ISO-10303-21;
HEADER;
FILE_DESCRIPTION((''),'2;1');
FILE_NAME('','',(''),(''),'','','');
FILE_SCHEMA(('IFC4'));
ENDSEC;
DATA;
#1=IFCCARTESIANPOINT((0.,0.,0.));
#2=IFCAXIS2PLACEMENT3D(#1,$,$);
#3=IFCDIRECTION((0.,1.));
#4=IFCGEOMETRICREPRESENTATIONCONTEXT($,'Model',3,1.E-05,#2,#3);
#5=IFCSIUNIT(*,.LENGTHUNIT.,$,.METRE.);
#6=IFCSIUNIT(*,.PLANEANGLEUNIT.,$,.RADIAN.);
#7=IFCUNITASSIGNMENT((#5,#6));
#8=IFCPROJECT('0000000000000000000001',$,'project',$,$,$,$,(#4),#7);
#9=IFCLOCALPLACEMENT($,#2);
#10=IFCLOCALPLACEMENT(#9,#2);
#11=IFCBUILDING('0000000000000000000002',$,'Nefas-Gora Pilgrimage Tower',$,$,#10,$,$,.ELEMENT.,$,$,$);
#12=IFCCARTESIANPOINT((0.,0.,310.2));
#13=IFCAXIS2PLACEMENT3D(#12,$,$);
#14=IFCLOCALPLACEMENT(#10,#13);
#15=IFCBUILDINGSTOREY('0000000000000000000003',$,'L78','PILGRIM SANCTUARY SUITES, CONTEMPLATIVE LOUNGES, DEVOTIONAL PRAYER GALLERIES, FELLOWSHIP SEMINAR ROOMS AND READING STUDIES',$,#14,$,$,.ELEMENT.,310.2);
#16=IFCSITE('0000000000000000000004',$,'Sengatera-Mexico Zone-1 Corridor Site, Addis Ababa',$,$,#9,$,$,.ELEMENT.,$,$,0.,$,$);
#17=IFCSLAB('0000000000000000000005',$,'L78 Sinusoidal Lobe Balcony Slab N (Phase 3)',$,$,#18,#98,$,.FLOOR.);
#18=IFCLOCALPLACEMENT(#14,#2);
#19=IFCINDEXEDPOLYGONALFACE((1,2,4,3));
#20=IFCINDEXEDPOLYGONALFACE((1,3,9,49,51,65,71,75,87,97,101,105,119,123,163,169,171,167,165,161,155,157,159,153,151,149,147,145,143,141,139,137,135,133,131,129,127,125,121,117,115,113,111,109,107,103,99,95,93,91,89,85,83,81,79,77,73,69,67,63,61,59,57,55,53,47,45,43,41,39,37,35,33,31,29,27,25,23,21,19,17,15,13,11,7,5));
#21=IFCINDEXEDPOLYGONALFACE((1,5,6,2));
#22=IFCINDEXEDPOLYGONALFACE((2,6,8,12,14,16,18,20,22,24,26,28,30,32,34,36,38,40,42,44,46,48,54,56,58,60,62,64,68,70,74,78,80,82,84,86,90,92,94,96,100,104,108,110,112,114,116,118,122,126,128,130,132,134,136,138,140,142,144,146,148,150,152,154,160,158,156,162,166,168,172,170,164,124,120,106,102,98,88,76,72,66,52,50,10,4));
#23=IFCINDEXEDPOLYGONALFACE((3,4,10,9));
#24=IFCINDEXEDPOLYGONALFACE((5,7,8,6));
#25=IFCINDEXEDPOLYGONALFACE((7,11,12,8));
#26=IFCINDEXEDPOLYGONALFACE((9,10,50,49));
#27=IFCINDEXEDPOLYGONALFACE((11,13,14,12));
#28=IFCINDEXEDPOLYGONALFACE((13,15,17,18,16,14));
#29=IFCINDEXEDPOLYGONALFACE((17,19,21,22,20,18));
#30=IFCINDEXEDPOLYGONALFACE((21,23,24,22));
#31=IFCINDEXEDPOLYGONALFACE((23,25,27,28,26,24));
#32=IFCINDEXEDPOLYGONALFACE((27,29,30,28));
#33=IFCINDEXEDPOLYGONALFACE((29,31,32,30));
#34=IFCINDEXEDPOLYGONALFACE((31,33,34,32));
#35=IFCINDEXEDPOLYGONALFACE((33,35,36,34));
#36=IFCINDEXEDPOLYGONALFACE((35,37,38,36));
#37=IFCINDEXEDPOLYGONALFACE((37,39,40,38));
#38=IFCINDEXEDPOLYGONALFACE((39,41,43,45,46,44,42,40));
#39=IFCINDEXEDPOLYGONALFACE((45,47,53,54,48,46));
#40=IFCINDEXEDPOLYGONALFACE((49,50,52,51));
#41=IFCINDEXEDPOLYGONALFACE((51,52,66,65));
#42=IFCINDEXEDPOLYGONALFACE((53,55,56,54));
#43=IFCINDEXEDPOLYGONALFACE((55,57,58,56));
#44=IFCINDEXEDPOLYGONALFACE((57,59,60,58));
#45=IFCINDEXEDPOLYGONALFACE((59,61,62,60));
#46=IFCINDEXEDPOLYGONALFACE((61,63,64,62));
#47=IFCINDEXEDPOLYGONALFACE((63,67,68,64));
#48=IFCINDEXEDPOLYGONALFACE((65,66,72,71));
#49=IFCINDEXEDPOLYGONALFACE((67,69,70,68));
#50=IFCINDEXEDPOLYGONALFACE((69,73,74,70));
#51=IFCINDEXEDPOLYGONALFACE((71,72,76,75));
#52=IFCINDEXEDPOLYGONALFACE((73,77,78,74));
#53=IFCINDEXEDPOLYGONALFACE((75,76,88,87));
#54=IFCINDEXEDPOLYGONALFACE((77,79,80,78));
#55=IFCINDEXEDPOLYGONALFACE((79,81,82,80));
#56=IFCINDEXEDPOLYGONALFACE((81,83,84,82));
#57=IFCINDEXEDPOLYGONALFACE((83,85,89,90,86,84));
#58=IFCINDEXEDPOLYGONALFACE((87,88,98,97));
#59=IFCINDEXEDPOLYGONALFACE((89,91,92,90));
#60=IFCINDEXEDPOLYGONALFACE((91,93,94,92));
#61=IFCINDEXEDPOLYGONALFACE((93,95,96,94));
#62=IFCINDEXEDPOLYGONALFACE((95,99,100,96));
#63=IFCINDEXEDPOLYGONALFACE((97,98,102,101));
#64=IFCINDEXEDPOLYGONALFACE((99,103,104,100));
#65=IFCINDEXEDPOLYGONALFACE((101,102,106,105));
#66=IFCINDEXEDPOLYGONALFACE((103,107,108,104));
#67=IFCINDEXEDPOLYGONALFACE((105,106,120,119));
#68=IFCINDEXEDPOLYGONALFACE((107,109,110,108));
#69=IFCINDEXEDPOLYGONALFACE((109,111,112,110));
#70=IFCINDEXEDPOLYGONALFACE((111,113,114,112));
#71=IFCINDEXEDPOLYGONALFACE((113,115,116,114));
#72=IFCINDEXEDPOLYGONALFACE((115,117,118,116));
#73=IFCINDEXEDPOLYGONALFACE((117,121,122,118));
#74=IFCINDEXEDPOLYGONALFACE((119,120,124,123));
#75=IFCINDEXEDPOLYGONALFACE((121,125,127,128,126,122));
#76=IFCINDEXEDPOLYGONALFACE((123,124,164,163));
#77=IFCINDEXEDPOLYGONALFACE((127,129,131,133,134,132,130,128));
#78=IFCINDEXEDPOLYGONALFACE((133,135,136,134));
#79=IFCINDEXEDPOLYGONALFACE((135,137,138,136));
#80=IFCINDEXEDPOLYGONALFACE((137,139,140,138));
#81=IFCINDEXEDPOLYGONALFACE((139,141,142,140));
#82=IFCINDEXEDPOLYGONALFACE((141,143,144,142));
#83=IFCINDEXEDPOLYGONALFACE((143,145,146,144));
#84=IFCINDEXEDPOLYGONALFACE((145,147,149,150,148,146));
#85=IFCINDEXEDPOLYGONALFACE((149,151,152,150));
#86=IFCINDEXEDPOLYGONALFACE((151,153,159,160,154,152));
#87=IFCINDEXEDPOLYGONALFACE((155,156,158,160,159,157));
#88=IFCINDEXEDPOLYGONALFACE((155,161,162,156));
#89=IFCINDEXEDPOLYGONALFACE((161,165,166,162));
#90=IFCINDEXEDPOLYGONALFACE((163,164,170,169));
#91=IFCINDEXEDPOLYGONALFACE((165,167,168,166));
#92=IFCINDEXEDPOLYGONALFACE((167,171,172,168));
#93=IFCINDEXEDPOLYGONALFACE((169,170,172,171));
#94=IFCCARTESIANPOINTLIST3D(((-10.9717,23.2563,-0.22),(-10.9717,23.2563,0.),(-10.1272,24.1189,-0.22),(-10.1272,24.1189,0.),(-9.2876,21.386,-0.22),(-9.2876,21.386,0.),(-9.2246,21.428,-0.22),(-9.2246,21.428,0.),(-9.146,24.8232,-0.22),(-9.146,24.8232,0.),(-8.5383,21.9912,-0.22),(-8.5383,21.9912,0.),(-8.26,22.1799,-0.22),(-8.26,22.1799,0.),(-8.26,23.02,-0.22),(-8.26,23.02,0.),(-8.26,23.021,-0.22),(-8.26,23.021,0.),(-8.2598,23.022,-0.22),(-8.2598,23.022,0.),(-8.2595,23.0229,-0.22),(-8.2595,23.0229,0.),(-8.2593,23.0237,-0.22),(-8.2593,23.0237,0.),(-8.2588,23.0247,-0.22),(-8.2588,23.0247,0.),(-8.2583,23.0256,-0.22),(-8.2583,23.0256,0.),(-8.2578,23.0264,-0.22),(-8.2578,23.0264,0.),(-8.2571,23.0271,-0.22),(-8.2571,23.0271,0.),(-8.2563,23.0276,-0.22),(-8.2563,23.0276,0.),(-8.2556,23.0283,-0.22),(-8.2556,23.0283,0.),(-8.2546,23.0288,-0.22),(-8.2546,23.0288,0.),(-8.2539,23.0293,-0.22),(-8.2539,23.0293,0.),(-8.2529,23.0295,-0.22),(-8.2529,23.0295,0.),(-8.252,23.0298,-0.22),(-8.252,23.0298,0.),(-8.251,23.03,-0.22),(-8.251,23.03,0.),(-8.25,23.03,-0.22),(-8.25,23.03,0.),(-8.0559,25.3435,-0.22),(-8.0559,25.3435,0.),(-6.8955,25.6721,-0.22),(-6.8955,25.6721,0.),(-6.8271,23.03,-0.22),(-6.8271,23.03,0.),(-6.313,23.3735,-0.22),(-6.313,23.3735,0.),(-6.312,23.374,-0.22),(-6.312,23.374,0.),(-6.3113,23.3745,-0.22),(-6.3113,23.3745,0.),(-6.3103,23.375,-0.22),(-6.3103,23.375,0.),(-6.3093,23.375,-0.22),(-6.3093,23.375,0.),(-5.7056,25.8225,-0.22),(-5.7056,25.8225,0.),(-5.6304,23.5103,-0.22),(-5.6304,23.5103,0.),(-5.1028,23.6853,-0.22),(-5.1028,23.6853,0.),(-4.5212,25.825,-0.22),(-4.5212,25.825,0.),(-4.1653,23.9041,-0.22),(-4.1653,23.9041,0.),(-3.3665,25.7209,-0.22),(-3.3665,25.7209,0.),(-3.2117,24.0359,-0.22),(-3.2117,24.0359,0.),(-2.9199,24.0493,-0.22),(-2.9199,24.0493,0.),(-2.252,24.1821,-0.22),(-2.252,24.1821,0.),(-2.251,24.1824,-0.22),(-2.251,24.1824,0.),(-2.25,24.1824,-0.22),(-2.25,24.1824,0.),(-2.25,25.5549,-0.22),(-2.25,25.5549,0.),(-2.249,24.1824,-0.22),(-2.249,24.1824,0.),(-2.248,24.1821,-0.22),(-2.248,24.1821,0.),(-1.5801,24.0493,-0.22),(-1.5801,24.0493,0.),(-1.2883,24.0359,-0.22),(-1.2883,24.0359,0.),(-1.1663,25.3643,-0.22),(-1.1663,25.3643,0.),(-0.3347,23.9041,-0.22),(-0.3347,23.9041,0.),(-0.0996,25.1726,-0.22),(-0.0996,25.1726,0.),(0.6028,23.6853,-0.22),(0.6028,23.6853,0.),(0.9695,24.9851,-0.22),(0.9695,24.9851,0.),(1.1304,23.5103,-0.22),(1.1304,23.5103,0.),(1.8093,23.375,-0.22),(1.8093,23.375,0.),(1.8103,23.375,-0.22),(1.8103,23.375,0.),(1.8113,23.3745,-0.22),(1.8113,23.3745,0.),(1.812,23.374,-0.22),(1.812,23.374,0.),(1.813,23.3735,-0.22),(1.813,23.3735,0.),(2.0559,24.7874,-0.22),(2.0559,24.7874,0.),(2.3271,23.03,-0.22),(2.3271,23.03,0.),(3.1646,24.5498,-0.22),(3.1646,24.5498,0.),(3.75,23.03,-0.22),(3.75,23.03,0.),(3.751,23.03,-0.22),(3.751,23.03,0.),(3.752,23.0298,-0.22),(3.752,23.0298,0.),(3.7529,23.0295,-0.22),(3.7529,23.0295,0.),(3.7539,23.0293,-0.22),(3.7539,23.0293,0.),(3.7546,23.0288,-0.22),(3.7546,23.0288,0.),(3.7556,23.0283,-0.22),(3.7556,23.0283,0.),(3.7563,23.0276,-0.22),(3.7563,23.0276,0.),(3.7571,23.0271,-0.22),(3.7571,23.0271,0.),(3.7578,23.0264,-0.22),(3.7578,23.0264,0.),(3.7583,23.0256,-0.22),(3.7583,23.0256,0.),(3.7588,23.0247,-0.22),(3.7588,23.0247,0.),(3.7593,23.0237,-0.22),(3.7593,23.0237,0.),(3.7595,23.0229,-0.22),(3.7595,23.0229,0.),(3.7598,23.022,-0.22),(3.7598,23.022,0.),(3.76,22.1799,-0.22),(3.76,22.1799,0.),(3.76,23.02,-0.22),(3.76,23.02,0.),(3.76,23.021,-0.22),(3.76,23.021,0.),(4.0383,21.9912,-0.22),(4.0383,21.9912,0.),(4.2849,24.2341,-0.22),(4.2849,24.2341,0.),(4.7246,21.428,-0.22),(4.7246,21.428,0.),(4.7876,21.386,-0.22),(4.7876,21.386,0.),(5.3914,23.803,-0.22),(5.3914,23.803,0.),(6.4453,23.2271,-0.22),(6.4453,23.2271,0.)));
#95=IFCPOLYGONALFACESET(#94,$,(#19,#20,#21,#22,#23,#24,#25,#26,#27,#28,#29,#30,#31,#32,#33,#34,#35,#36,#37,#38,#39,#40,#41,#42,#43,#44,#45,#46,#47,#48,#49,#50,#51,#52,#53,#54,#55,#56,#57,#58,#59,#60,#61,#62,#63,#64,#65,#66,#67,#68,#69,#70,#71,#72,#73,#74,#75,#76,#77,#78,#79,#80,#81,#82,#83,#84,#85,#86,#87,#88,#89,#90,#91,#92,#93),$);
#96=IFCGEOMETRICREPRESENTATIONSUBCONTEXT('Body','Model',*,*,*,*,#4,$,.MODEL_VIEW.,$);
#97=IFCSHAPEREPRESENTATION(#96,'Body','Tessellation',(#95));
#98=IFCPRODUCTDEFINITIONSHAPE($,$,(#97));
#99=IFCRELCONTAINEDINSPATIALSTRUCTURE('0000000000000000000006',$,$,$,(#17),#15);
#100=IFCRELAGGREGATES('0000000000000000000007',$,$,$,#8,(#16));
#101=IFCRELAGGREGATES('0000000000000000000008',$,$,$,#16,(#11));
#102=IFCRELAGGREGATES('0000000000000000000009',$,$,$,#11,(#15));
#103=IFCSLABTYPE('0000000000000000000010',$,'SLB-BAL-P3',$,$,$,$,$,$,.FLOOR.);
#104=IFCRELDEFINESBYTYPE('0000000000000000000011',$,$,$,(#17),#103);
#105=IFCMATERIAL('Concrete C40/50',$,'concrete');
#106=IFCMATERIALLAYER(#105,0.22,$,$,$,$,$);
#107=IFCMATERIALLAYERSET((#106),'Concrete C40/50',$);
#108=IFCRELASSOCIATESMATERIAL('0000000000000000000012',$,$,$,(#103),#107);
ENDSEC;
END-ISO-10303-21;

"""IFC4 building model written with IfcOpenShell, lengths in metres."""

from ifc_helpers import new_model, si_unit, direction, frame, origin, place, context, subcontext, project, spatial, polyline, outline, extrude, material, layer, layer_set, type_object, element, save


model = new_model("IFC4")

# Units and contexts
model_context = context("Model", 3, precision=1e-05, world=origin(), true_north=direction((0.0, 1.0)))
body_context = subcontext(model_context, "Body", "Model", "MODEL_VIEW")
ifc_project = project(units=[si_unit("LENGTHUNIT", "METRE"), si_unit("PLANEANGLEUNIT", "RADIAN")], contexts=[model_context])

# Site, building, storey
site_placement = place(None, origin())
site = spatial("IfcSite", under=ifc_project, at=site_placement, Name="Sengatera-Mexico Zone-1 Corridor Site, Addis Ababa", CompositionType="ELEMENT", RefElevation=0.0)
building_placement = place(site_placement, origin())
building = spatial("IfcBuilding", under=site, at=building_placement, Name="Nefas-Gora Pilgrimage Tower", CompositionType="ELEMENT")
storey_placement = place(building_placement, frame((0.0, 0.0, 310.2)))
storey = spatial("IfcBuildingStorey", under=building, at=storey_placement, Name="L78", Description="PILGRIM SANCTUARY SUITES, CONTEMPLATIVE LOUNGES, DEVOTIONAL PRAYER GALLERIES, FELLOWSHIP SEMINAR ROOMS AND READING STUDIES", CompositionType="ELEMENT", Elevation=310.2)

# Slab
ifc_material_1 = material(Name="Concrete C40/50", Category="concrete")
ifc_layer_1 = layer(ifc_material_1, 0.22)
ifc_layer_set_1 = layer_set([ifc_layer_1], Name="Concrete C40/50")
slab_type_1 = type_object("IfcSlabType", Name="SLB-BAL-P3", PredefinedType="FLOOR", material=ifc_layer_set_1)
slab_1_placement = place(storey_placement, frame((0.0, 0.0, -0.22)))
element("IfcSlab", 1, at=slab_1_placement, inside=storey, type_object=slab_type_1, Name="L78 Sinusoidal Lobe Balcony Slab N (Phase 3)", PredefinedType="FLOOR", context=body_context, shape_type="SweptSolid", body=[
    extrude(outline(polyline([(-9.2876, 21.386), (-9.2246, 21.428), (-8.5383, 21.9912), (-8.26, 22.1799), (-8.26, 23.02), (-8.26, 23.021), (-8.2598, 23.022), (-8.2595, 23.0229), (-8.2593, 23.0237), (-8.2588, 23.0247), (-8.2583, 23.0256), (-8.2578, 23.0264), (-8.2571, 23.0271), (-8.2563, 23.0276), (-8.2556, 23.0283), (-8.2546, 23.0288), (-8.2539, 23.0293), (-8.2529, 23.0295), (-8.252, 23.0298), (-8.251, 23.03), (-8.25, 23.03), (-6.8271, 23.03), (-6.313, 23.3735), (-6.312, 23.374), (-6.3113, 23.3745), (-6.3103, 23.375), (-6.3093, 23.375), (-5.6304, 23.5103), (-5.1028, 23.6853), (-4.1653, 23.9041), (-3.2117, 24.0359), (-2.9199, 24.0493), (-2.252, 24.1821), (-2.251, 24.1824), (-2.25, 24.1824), (-2.249, 24.1824), (-2.248, 24.1821), (-1.5801, 24.0493), (-1.2883, 24.0359), (-0.3347, 23.9041), (0.6028, 23.6853), (1.1304, 23.5103), (1.8093, 23.375), (1.8103, 23.375), (1.8113, 23.3745), (1.812, 23.374), (1.813, 23.3735), (2.3271, 23.03), (3.75, 23.03), (3.751, 23.03), (3.752, 23.0298), (3.7529, 23.0295), (3.7539, 23.0293), (3.7546, 23.0288), (3.7556, 23.0283), (3.7563, 23.0276), (3.7571, 23.0271), (3.7578, 23.0264), (3.7583, 23.0256), (3.7588, 23.0247), (3.7593, 23.0237), (3.7595, 23.0229), (3.7598, 23.022), (3.76, 23.021), (3.76, 23.02), (3.76, 22.1799), (4.0383, 21.9912), (4.7246, 21.428), (4.7876, 21.386), (6.4453, 23.2271), (5.3914, 23.803), (4.2849, 24.2341), (3.1646, 24.5498), (2.0559, 24.7874), (0.9695, 24.9851), (-0.0996, 25.1726), (-1.1663, 25.3643), (-2.25, 25.5549), (-3.3665, 25.7209), (-4.5212, 25.825), (-5.7056, 25.8225), (-6.8955, 25.6721), (-8.0559, 25.3435), (-9.146, 24.8232), (-10.1272, 24.1189), (-10.9717, 23.2563), (-9.2876, 21.386)])), origin(), (0.0, 0.0, 1.0), 0.22),
])

save(model, "model.ifc")
